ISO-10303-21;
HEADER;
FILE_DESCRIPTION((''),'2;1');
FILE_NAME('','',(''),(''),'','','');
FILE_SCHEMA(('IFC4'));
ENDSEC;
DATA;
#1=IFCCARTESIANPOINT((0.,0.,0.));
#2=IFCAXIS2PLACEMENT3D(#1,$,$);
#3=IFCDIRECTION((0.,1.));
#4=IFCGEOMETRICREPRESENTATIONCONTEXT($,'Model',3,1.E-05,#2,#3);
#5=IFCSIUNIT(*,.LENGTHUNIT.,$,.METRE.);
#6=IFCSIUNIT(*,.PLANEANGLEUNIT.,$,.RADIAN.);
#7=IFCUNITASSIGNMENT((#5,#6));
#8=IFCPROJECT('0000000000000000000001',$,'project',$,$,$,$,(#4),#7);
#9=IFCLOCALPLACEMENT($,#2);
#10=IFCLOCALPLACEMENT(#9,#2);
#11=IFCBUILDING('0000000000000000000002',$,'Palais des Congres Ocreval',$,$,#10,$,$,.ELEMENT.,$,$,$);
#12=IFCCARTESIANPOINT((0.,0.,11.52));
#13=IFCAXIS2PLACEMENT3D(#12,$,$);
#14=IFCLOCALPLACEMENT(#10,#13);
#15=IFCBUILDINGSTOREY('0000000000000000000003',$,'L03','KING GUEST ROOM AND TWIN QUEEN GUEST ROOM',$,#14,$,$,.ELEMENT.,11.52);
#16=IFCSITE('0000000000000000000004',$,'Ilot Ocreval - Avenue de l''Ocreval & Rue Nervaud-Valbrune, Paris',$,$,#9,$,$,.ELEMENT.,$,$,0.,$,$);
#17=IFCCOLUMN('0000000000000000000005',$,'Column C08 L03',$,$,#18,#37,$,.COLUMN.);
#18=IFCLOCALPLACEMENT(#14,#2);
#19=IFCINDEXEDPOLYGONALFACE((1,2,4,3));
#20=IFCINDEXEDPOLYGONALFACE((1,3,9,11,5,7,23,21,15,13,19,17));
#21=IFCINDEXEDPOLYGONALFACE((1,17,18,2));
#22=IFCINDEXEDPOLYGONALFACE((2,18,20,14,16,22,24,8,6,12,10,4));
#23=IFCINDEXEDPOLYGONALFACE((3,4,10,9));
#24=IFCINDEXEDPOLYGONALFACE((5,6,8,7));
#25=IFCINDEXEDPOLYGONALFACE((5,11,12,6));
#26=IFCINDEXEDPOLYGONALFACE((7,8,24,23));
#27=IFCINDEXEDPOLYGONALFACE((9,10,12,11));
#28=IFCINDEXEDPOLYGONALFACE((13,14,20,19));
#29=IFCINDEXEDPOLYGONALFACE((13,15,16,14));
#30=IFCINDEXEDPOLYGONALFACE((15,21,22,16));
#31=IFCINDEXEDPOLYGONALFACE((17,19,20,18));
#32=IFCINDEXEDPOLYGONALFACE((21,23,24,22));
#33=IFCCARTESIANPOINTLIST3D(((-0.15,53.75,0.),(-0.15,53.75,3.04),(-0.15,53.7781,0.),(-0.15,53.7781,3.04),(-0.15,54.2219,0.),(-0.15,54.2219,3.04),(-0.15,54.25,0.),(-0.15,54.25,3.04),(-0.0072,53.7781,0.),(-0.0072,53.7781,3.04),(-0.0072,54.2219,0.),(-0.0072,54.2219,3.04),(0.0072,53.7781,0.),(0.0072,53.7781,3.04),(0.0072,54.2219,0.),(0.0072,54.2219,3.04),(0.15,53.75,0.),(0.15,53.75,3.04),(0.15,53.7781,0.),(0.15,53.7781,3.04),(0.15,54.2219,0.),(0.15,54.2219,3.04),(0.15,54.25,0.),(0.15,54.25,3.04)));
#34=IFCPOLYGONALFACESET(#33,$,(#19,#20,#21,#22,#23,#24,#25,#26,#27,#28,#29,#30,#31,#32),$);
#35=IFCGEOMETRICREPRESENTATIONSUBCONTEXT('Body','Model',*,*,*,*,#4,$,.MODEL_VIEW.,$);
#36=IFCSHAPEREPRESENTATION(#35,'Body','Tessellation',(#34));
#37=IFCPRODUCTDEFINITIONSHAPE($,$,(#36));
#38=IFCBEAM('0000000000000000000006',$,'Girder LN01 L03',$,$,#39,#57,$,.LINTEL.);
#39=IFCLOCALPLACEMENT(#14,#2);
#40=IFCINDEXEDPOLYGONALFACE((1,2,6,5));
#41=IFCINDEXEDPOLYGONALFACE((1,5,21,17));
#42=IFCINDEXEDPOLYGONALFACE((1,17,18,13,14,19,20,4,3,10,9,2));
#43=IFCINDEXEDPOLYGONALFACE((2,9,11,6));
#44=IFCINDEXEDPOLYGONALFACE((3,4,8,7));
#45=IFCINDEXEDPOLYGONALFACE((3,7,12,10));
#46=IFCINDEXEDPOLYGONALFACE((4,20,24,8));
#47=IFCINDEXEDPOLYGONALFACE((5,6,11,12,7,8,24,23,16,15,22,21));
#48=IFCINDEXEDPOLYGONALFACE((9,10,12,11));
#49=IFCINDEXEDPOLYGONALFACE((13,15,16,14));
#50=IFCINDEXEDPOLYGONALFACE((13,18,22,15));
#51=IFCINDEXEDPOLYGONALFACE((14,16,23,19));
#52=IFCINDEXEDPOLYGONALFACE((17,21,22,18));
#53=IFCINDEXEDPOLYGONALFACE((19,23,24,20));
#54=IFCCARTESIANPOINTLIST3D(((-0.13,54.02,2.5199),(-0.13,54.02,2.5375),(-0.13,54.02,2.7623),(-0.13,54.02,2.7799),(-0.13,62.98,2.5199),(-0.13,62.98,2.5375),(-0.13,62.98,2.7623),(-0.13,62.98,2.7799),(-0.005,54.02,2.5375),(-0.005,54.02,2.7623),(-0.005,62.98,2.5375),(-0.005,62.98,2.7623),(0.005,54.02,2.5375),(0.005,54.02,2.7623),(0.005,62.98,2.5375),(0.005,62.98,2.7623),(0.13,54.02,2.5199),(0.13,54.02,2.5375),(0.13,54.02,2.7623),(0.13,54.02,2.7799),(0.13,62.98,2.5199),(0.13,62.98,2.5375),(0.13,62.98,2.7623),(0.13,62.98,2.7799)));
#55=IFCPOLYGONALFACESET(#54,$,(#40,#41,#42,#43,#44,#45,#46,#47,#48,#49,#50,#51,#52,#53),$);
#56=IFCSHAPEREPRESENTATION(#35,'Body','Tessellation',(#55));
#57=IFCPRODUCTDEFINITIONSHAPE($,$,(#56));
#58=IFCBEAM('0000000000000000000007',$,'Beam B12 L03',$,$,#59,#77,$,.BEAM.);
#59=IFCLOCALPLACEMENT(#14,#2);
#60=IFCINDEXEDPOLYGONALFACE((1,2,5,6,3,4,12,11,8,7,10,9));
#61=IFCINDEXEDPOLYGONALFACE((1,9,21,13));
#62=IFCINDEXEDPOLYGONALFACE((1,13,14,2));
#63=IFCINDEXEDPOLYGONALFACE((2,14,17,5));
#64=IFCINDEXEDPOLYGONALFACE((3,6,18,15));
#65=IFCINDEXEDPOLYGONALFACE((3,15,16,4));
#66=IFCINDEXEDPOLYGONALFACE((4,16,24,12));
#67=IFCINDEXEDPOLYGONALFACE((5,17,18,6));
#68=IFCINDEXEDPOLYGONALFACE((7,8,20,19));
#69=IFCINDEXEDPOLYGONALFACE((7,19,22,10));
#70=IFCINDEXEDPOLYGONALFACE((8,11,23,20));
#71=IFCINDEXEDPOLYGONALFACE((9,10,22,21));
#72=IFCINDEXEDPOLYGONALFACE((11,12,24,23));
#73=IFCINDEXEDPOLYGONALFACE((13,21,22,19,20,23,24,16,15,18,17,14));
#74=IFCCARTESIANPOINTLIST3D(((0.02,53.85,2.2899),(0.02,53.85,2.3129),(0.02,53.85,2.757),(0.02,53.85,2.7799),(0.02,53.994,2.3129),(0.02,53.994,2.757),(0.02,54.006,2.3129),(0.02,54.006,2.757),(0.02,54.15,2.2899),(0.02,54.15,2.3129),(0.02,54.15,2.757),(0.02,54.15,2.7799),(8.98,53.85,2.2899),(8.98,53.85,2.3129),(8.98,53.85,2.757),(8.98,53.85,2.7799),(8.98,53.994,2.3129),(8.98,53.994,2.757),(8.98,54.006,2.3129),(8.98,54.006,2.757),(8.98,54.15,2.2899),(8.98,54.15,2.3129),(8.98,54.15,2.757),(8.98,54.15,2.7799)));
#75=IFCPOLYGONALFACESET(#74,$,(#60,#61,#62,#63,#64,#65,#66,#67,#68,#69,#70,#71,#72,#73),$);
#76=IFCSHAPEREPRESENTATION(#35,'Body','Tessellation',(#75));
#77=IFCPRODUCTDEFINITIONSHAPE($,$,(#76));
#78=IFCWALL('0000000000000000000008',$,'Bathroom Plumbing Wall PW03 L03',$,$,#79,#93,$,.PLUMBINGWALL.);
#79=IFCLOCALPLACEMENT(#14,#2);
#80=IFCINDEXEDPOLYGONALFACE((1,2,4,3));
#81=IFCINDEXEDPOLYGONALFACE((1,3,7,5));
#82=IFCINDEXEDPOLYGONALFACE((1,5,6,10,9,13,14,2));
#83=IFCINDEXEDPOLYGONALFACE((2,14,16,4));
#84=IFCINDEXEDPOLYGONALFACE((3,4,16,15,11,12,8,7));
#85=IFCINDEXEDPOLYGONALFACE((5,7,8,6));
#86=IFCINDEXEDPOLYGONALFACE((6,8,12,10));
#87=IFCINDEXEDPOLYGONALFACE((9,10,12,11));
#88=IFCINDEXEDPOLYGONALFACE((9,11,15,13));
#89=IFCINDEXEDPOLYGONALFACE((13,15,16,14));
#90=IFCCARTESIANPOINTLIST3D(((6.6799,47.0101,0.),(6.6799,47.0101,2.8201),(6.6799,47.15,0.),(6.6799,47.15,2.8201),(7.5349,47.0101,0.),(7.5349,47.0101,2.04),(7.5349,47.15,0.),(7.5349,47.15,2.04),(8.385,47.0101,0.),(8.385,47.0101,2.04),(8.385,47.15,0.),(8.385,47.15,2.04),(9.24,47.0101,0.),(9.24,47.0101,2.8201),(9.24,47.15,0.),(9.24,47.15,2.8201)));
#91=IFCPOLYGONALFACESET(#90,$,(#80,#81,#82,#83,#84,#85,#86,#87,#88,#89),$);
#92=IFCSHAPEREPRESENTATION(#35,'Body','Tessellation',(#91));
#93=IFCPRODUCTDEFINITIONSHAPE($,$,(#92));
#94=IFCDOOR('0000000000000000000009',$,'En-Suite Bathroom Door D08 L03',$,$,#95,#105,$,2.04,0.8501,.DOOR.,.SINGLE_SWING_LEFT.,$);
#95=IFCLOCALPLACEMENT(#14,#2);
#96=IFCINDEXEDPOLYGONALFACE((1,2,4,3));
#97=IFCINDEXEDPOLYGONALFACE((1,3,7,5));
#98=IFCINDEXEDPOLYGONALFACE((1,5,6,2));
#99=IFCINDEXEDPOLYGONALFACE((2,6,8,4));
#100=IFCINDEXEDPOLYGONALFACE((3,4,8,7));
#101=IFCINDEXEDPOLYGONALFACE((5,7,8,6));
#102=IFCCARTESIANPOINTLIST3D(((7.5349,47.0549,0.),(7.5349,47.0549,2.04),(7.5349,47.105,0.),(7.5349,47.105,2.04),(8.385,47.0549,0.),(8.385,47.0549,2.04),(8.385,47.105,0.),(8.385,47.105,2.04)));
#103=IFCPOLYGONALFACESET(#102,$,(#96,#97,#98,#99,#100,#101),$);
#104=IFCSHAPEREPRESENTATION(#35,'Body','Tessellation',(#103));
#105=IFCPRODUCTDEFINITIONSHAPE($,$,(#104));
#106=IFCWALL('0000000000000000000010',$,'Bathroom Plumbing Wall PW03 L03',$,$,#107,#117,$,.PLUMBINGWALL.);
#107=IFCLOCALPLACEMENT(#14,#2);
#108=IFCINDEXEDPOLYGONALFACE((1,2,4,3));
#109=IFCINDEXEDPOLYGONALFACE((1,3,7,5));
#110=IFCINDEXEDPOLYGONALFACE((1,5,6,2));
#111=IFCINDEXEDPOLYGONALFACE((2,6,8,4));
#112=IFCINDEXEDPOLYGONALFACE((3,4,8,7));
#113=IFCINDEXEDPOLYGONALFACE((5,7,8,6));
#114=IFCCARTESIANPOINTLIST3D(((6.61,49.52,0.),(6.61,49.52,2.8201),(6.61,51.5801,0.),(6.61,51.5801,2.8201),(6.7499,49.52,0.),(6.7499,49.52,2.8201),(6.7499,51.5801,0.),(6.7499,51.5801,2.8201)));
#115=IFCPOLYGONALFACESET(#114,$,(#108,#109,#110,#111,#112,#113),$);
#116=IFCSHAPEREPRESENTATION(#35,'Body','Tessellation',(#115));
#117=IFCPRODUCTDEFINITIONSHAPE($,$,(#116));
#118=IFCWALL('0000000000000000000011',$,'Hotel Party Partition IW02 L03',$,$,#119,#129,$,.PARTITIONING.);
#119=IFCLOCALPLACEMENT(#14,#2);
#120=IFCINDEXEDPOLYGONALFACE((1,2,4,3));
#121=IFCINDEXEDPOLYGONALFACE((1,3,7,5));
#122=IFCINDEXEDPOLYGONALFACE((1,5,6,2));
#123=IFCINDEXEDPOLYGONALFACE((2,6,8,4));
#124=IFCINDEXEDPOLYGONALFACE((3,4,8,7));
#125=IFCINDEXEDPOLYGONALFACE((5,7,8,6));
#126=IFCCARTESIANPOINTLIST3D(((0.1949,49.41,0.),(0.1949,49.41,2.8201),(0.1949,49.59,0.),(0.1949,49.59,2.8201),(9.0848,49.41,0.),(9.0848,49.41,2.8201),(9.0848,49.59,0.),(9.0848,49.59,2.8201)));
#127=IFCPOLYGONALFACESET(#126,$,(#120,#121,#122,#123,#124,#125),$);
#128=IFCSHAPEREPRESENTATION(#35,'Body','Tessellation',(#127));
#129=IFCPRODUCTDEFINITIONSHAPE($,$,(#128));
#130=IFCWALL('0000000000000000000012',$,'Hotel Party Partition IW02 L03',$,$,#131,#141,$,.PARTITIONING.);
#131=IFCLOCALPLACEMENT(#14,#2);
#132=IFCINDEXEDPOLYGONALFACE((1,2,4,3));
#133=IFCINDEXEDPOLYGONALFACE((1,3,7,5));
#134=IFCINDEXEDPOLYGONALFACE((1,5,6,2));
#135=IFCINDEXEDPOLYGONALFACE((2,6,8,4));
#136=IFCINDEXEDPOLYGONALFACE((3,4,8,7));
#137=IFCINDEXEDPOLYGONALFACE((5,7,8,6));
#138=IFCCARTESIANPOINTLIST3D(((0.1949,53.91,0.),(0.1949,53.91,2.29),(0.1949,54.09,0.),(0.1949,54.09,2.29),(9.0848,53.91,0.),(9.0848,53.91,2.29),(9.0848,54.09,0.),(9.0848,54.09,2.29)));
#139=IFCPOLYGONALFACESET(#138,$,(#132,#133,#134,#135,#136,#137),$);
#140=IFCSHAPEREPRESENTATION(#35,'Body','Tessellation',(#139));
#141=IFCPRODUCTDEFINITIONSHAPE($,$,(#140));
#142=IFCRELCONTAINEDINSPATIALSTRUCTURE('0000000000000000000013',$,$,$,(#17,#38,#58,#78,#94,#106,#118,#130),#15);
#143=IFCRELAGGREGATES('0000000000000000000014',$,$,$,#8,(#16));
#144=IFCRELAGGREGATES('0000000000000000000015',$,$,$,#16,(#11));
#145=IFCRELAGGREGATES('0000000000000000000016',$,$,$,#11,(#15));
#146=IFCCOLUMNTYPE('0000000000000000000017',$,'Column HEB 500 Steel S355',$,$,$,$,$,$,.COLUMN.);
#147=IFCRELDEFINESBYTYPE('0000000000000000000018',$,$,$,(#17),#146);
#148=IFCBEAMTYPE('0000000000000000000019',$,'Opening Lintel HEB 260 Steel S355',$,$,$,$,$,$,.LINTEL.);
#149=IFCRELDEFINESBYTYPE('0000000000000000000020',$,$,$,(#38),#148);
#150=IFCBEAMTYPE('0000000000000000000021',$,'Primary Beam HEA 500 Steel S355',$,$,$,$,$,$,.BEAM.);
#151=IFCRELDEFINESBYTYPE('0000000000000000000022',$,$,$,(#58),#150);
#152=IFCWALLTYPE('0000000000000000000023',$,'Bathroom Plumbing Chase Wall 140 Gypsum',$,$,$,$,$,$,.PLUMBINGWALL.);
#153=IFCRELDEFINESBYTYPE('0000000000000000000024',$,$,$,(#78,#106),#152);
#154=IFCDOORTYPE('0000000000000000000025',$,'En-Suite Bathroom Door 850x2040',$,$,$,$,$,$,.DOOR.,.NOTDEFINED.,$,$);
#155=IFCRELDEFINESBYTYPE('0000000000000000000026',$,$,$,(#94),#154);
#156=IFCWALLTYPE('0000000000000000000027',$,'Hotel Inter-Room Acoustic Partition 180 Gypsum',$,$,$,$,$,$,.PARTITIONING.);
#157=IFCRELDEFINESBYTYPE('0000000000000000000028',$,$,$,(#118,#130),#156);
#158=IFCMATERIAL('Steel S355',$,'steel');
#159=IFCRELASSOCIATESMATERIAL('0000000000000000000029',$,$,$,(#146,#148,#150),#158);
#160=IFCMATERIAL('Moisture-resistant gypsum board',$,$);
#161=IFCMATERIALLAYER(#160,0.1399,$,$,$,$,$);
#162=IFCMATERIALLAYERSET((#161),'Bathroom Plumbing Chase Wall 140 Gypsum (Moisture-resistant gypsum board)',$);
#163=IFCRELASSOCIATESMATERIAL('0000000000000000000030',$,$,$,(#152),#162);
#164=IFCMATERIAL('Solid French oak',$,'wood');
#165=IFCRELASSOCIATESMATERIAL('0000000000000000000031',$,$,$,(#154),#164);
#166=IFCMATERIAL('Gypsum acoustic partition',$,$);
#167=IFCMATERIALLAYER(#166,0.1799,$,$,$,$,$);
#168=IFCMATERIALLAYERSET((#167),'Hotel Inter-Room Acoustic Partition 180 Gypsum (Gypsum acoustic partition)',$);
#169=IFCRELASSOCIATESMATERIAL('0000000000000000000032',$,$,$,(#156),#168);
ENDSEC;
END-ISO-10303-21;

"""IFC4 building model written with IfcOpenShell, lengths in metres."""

from ifc_helpers import new_model, si_unit, direction, frame, frame_2d, origin, origin_2d, place, context, subcontext, project, spatial, rectangle, i_section, extrude, material, layer, layer_set, material_profile, profile_set, type_object, element, fill, save


model = new_model("IFC4")

# Units and contexts
model_context = context("Model", 3, precision=1e-05, world=origin(), true_north=direction((0.0, 1.0)))
body_context = subcontext(model_context, "Body", "Model", "MODEL_VIEW")
ifc_project = project(units=[si_unit("LENGTHUNIT", "METRE"), si_unit("PLANEANGLEUNIT", "RADIAN")], contexts=[model_context])

# Site, building, storey
site_placement = place(None, origin())
site = spatial("IfcSite", under=ifc_project, at=site_placement, Name="Ilot Ocreval - Avenue de l'Ocreval & Rue Nervaud-Valbrune, Paris", CompositionType="ELEMENT", RefElevation=0.0)
building_placement = place(site_placement, origin())
building = spatial("IfcBuilding", under=site, at=building_placement, Name="Palais des Congres Ocreval", CompositionType="ELEMENT")
storey_placement = place(building_placement, frame((0.0, 0.0, 11.52)))
storey = spatial("IfcBuildingStorey", under=building, at=storey_placement, Name="L03", Description="KING GUEST ROOM AND TWIN QUEEN GUEST ROOM", CompositionType="ELEMENT", Elevation=11.52)

# Column
ifc_material_1 = material(Name="Steel S355", Category="steel")
ifc_material_profile_1 = material_profile(ifc_material_1, i_section(OverallWidth=0.3, OverallDepth=0.5, WebThickness=0.0144, FlangeThickness=0.0281, at=origin_2d()), Name="HEB 500")
ifc_profile_set_1 = profile_set([ifc_material_profile_1], Name="Steel S355")
column_type = type_object("IfcColumnType", Name="Column HEB 500 Steel S355", PredefinedType="COLUMN", material=ifc_profile_set_1)
column_placement = place(storey_placement, frame((0.0, 54.0, 0.0), z_axis=(0.0, 0.0, 1.0), x_axis=(1.0, 0.0, 0.0)))
element("IfcColumn", 1, at=column_placement, inside=storey, type_object=column_type, Name="Column C08 L03", PredefinedType="COLUMN", context=body_context, shape_type="SweptSolid", body=[
    extrude(i_section(OverallWidth=0.3, OverallDepth=0.5, WebThickness=0.0144, FlangeThickness=0.0281, at=origin_2d()), origin(), (0.0, 0.0, 1.0), 3.04),
])

# Beams
ifc_material_profile_2 = material_profile(ifc_material_1, i_section(OverallWidth=0.26, OverallDepth=0.26, WebThickness=0.01, FlangeThickness=0.0176, at=origin_2d()), Name="HEB 260")
ifc_profile_set_2 = profile_set([ifc_material_profile_2], Name="Steel S355")
beam_type_1 = type_object("IfcBeamType", Name="Opening Lintel HEB 260 Steel S355", PredefinedType="LINTEL", material=ifc_profile_set_2)
beam_1_placement = place(storey_placement, frame((0.0, 54.02, 2.6499), z_axis=(0.0, 1.0, 0.0), x_axis=(-1.0, 0.0, 0.0)))
element("IfcBeam", 2, at=beam_1_placement, inside=storey, type_object=beam_type_1, Name="Girder LN01 L03", PredefinedType="LINTEL", context=body_context, shape_type="SweptSolid", body=[
    extrude(i_section(OverallWidth=0.26, OverallDepth=0.26, WebThickness=0.01, FlangeThickness=0.0176, at=origin_2d()), origin(), (0.0, 0.0, 1.0), 8.96),
])
ifc_material_profile_3 = material_profile(ifc_material_1, i_section(OverallWidth=0.3, OverallDepth=0.49, WebThickness=0.012, FlangeThickness=0.0229, at=origin_2d()), Name="HEA 500")
ifc_profile_set_3 = profile_set([ifc_material_profile_3], Name="Steel S355")
beam_type_2 = type_object("IfcBeamType", Name="Primary Beam HEA 500 Steel S355", PredefinedType="BEAM", material=ifc_profile_set_3)
beam_2_placement = place(storey_placement, frame((0.02, 54.0, 2.5349), z_axis=(1.0, 0.0, 0.0), x_axis=(0.0, 1.0, 0.0)))
element("IfcBeam", 3, at=beam_2_placement, inside=storey, type_object=beam_type_2, Name="Beam B12 L03", PredefinedType="BEAM", context=body_context, shape_type="SweptSolid", body=[
    extrude(i_section(OverallWidth=0.3, OverallDepth=0.49, WebThickness=0.012, FlangeThickness=0.0229, at=origin_2d()), origin(), (0.0, 0.0, 1.0), 8.96),
])

# Wall, opening, door
ifc_material_2 = material(Name="Moisture-resistant gypsum board")
ifc_layer_1 = layer(ifc_material_2, 0.1399)
ifc_layer_set_1 = layer_set([ifc_layer_1], Name="Bathroom Plumbing Chase Wall 140 Gypsum (Moisture-resistant gypsum board)")
wall_type_1 = type_object("IfcWallType", Name="Bathroom Plumbing Chase Wall 140 Gypsum", PredefinedType="PLUMBINGWALL", material=ifc_layer_set_1)
wall_1_placement = place(storey_placement, frame((6.6799, 47.0801, 0.0), z_axis=(0.0, 0.0, 1.0), x_axis=(1.0, 0.0, 0.0)))
wall_1 = element("IfcWall", 4, at=wall_1_placement, inside=storey, type_object=wall_type_1, Name="Bathroom Plumbing Wall PW03 L03", PredefinedType="PLUMBINGWALL", context=body_context, shape_type="SweptSolid", body=[
    extrude(rectangle(XDim=2.5601, YDim=0.1399, at=frame_2d((1.28, 0.0))), origin(), (0.0, 0.0, 1.0), 2.8201),
])
opening_1_placement = place(wall_1_placement, frame((0.855, 0.0, 0.0)))
opening_1 = element("IfcOpeningElement", 5, at=opening_1_placement, cuts=wall_1, PredefinedType="OPENING", context=body_context, shape_type="SweptSolid", body=[
    extrude(rectangle(XDim=0.8501, YDim=2.04, at=frame_2d((0.425, 1.02))), frame((0.0, 0.0798, 0.0), z_axis=(0.0, -1.0, 0.0), x_axis=(1.0, 0.0, 0.0)), (0.0, 0.0, 1.0), 0.1599),
])
ifc_material_3 = material(Name="Solid French oak", Category="wood")
door_type = type_object("IfcDoorType", Name="En-Suite Bathroom Door 850x2040", OperationType="NOTDEFINED", PredefinedType="DOOR", material=ifc_material_3)
door_placement = place(opening_1_placement, origin())
door = element("IfcDoor", 6, at=door_placement, inside=storey, type_object=door_type, Name="En-Suite Bathroom Door D08 L03", OperationType="SINGLE_SWING_LEFT", OverallHeight=2.04, OverallWidth=0.8501, PredefinedType="DOOR", context=body_context, shape_type="SweptSolid", body=[
    extrude(rectangle(XDim=0.8501, YDim=2.04, at=frame_2d((0.425, 1.02))), frame((0.0, 0.0249, 0.0), z_axis=(0.0, -1.0, 0.0), x_axis=(1.0, 0.0, 0.0)), (0.0, 0.0, 1.0), 0.05),
])
fill(opening_1, door)

# Walls
wall_2_placement = place(storey_placement, frame((6.6799, 49.52, 0.0), z_axis=(0.0, 0.0, 1.0), x_axis=(0.0, 1.0, 0.0)))
element("IfcWall", 7, at=wall_2_placement, inside=storey, type_object=wall_type_1, Name="Bathroom Plumbing Wall PW03 L03", PredefinedType="PLUMBINGWALL", context=body_context, shape_type="SweptSolid", body=[
    extrude(rectangle(XDim=2.0601, YDim=0.1399, at=frame_2d((1.03, 0.0))), origin(), (0.0, 0.0, 1.0), 2.8201),
])
ifc_material_4 = material(Name="Gypsum acoustic partition")
ifc_layer_2 = layer(ifc_material_4, 0.1799)
ifc_layer_set_2 = layer_set([ifc_layer_2], Name="Hotel Inter-Room Acoustic Partition 180 Gypsum (Gypsum acoustic partition)")
wall_type_2 = type_object("IfcWallType", Name="Hotel Inter-Room Acoustic Partition 180 Gypsum", PredefinedType="PARTITIONING", material=ifc_layer_set_2)
wall_3_placement = place(storey_placement, frame((0.1951, 49.5, 0.0), z_axis=(0.0, 0.0, 1.0), x_axis=(1.0, 0.0, 0.0)))
element("IfcWall", 8, at=wall_3_placement, inside=storey, type_object=wall_type_2, Name="Hotel Party Partition IW02 L03", PredefinedType="PARTITIONING", context=body_context, shape_type="SweptSolid", body=[
    extrude(rectangle(XDim=8.8899, YDim=0.1799, at=frame_2d((4.4448, 0.0))), origin(), (0.0, 0.0, 1.0), 2.8201),
])
wall_4_placement = place(storey_placement, frame((0.1951, 54.0, 0.0), z_axis=(0.0, 0.0, 1.0), x_axis=(1.0, 0.0, 0.0)))
element("IfcWall", 9, at=wall_4_placement, inside=storey, type_object=wall_type_2, Name="Hotel Party Partition IW02 L03", PredefinedType="PARTITIONING", context=body_context, shape_type="SweptSolid", body=[
    extrude(rectangle(XDim=8.8899, YDim=0.1799, at=frame_2d((4.4448, 0.0))), origin(), (0.0, 0.0, 1.0), 2.29),
])

save(model, "model.ifc")
